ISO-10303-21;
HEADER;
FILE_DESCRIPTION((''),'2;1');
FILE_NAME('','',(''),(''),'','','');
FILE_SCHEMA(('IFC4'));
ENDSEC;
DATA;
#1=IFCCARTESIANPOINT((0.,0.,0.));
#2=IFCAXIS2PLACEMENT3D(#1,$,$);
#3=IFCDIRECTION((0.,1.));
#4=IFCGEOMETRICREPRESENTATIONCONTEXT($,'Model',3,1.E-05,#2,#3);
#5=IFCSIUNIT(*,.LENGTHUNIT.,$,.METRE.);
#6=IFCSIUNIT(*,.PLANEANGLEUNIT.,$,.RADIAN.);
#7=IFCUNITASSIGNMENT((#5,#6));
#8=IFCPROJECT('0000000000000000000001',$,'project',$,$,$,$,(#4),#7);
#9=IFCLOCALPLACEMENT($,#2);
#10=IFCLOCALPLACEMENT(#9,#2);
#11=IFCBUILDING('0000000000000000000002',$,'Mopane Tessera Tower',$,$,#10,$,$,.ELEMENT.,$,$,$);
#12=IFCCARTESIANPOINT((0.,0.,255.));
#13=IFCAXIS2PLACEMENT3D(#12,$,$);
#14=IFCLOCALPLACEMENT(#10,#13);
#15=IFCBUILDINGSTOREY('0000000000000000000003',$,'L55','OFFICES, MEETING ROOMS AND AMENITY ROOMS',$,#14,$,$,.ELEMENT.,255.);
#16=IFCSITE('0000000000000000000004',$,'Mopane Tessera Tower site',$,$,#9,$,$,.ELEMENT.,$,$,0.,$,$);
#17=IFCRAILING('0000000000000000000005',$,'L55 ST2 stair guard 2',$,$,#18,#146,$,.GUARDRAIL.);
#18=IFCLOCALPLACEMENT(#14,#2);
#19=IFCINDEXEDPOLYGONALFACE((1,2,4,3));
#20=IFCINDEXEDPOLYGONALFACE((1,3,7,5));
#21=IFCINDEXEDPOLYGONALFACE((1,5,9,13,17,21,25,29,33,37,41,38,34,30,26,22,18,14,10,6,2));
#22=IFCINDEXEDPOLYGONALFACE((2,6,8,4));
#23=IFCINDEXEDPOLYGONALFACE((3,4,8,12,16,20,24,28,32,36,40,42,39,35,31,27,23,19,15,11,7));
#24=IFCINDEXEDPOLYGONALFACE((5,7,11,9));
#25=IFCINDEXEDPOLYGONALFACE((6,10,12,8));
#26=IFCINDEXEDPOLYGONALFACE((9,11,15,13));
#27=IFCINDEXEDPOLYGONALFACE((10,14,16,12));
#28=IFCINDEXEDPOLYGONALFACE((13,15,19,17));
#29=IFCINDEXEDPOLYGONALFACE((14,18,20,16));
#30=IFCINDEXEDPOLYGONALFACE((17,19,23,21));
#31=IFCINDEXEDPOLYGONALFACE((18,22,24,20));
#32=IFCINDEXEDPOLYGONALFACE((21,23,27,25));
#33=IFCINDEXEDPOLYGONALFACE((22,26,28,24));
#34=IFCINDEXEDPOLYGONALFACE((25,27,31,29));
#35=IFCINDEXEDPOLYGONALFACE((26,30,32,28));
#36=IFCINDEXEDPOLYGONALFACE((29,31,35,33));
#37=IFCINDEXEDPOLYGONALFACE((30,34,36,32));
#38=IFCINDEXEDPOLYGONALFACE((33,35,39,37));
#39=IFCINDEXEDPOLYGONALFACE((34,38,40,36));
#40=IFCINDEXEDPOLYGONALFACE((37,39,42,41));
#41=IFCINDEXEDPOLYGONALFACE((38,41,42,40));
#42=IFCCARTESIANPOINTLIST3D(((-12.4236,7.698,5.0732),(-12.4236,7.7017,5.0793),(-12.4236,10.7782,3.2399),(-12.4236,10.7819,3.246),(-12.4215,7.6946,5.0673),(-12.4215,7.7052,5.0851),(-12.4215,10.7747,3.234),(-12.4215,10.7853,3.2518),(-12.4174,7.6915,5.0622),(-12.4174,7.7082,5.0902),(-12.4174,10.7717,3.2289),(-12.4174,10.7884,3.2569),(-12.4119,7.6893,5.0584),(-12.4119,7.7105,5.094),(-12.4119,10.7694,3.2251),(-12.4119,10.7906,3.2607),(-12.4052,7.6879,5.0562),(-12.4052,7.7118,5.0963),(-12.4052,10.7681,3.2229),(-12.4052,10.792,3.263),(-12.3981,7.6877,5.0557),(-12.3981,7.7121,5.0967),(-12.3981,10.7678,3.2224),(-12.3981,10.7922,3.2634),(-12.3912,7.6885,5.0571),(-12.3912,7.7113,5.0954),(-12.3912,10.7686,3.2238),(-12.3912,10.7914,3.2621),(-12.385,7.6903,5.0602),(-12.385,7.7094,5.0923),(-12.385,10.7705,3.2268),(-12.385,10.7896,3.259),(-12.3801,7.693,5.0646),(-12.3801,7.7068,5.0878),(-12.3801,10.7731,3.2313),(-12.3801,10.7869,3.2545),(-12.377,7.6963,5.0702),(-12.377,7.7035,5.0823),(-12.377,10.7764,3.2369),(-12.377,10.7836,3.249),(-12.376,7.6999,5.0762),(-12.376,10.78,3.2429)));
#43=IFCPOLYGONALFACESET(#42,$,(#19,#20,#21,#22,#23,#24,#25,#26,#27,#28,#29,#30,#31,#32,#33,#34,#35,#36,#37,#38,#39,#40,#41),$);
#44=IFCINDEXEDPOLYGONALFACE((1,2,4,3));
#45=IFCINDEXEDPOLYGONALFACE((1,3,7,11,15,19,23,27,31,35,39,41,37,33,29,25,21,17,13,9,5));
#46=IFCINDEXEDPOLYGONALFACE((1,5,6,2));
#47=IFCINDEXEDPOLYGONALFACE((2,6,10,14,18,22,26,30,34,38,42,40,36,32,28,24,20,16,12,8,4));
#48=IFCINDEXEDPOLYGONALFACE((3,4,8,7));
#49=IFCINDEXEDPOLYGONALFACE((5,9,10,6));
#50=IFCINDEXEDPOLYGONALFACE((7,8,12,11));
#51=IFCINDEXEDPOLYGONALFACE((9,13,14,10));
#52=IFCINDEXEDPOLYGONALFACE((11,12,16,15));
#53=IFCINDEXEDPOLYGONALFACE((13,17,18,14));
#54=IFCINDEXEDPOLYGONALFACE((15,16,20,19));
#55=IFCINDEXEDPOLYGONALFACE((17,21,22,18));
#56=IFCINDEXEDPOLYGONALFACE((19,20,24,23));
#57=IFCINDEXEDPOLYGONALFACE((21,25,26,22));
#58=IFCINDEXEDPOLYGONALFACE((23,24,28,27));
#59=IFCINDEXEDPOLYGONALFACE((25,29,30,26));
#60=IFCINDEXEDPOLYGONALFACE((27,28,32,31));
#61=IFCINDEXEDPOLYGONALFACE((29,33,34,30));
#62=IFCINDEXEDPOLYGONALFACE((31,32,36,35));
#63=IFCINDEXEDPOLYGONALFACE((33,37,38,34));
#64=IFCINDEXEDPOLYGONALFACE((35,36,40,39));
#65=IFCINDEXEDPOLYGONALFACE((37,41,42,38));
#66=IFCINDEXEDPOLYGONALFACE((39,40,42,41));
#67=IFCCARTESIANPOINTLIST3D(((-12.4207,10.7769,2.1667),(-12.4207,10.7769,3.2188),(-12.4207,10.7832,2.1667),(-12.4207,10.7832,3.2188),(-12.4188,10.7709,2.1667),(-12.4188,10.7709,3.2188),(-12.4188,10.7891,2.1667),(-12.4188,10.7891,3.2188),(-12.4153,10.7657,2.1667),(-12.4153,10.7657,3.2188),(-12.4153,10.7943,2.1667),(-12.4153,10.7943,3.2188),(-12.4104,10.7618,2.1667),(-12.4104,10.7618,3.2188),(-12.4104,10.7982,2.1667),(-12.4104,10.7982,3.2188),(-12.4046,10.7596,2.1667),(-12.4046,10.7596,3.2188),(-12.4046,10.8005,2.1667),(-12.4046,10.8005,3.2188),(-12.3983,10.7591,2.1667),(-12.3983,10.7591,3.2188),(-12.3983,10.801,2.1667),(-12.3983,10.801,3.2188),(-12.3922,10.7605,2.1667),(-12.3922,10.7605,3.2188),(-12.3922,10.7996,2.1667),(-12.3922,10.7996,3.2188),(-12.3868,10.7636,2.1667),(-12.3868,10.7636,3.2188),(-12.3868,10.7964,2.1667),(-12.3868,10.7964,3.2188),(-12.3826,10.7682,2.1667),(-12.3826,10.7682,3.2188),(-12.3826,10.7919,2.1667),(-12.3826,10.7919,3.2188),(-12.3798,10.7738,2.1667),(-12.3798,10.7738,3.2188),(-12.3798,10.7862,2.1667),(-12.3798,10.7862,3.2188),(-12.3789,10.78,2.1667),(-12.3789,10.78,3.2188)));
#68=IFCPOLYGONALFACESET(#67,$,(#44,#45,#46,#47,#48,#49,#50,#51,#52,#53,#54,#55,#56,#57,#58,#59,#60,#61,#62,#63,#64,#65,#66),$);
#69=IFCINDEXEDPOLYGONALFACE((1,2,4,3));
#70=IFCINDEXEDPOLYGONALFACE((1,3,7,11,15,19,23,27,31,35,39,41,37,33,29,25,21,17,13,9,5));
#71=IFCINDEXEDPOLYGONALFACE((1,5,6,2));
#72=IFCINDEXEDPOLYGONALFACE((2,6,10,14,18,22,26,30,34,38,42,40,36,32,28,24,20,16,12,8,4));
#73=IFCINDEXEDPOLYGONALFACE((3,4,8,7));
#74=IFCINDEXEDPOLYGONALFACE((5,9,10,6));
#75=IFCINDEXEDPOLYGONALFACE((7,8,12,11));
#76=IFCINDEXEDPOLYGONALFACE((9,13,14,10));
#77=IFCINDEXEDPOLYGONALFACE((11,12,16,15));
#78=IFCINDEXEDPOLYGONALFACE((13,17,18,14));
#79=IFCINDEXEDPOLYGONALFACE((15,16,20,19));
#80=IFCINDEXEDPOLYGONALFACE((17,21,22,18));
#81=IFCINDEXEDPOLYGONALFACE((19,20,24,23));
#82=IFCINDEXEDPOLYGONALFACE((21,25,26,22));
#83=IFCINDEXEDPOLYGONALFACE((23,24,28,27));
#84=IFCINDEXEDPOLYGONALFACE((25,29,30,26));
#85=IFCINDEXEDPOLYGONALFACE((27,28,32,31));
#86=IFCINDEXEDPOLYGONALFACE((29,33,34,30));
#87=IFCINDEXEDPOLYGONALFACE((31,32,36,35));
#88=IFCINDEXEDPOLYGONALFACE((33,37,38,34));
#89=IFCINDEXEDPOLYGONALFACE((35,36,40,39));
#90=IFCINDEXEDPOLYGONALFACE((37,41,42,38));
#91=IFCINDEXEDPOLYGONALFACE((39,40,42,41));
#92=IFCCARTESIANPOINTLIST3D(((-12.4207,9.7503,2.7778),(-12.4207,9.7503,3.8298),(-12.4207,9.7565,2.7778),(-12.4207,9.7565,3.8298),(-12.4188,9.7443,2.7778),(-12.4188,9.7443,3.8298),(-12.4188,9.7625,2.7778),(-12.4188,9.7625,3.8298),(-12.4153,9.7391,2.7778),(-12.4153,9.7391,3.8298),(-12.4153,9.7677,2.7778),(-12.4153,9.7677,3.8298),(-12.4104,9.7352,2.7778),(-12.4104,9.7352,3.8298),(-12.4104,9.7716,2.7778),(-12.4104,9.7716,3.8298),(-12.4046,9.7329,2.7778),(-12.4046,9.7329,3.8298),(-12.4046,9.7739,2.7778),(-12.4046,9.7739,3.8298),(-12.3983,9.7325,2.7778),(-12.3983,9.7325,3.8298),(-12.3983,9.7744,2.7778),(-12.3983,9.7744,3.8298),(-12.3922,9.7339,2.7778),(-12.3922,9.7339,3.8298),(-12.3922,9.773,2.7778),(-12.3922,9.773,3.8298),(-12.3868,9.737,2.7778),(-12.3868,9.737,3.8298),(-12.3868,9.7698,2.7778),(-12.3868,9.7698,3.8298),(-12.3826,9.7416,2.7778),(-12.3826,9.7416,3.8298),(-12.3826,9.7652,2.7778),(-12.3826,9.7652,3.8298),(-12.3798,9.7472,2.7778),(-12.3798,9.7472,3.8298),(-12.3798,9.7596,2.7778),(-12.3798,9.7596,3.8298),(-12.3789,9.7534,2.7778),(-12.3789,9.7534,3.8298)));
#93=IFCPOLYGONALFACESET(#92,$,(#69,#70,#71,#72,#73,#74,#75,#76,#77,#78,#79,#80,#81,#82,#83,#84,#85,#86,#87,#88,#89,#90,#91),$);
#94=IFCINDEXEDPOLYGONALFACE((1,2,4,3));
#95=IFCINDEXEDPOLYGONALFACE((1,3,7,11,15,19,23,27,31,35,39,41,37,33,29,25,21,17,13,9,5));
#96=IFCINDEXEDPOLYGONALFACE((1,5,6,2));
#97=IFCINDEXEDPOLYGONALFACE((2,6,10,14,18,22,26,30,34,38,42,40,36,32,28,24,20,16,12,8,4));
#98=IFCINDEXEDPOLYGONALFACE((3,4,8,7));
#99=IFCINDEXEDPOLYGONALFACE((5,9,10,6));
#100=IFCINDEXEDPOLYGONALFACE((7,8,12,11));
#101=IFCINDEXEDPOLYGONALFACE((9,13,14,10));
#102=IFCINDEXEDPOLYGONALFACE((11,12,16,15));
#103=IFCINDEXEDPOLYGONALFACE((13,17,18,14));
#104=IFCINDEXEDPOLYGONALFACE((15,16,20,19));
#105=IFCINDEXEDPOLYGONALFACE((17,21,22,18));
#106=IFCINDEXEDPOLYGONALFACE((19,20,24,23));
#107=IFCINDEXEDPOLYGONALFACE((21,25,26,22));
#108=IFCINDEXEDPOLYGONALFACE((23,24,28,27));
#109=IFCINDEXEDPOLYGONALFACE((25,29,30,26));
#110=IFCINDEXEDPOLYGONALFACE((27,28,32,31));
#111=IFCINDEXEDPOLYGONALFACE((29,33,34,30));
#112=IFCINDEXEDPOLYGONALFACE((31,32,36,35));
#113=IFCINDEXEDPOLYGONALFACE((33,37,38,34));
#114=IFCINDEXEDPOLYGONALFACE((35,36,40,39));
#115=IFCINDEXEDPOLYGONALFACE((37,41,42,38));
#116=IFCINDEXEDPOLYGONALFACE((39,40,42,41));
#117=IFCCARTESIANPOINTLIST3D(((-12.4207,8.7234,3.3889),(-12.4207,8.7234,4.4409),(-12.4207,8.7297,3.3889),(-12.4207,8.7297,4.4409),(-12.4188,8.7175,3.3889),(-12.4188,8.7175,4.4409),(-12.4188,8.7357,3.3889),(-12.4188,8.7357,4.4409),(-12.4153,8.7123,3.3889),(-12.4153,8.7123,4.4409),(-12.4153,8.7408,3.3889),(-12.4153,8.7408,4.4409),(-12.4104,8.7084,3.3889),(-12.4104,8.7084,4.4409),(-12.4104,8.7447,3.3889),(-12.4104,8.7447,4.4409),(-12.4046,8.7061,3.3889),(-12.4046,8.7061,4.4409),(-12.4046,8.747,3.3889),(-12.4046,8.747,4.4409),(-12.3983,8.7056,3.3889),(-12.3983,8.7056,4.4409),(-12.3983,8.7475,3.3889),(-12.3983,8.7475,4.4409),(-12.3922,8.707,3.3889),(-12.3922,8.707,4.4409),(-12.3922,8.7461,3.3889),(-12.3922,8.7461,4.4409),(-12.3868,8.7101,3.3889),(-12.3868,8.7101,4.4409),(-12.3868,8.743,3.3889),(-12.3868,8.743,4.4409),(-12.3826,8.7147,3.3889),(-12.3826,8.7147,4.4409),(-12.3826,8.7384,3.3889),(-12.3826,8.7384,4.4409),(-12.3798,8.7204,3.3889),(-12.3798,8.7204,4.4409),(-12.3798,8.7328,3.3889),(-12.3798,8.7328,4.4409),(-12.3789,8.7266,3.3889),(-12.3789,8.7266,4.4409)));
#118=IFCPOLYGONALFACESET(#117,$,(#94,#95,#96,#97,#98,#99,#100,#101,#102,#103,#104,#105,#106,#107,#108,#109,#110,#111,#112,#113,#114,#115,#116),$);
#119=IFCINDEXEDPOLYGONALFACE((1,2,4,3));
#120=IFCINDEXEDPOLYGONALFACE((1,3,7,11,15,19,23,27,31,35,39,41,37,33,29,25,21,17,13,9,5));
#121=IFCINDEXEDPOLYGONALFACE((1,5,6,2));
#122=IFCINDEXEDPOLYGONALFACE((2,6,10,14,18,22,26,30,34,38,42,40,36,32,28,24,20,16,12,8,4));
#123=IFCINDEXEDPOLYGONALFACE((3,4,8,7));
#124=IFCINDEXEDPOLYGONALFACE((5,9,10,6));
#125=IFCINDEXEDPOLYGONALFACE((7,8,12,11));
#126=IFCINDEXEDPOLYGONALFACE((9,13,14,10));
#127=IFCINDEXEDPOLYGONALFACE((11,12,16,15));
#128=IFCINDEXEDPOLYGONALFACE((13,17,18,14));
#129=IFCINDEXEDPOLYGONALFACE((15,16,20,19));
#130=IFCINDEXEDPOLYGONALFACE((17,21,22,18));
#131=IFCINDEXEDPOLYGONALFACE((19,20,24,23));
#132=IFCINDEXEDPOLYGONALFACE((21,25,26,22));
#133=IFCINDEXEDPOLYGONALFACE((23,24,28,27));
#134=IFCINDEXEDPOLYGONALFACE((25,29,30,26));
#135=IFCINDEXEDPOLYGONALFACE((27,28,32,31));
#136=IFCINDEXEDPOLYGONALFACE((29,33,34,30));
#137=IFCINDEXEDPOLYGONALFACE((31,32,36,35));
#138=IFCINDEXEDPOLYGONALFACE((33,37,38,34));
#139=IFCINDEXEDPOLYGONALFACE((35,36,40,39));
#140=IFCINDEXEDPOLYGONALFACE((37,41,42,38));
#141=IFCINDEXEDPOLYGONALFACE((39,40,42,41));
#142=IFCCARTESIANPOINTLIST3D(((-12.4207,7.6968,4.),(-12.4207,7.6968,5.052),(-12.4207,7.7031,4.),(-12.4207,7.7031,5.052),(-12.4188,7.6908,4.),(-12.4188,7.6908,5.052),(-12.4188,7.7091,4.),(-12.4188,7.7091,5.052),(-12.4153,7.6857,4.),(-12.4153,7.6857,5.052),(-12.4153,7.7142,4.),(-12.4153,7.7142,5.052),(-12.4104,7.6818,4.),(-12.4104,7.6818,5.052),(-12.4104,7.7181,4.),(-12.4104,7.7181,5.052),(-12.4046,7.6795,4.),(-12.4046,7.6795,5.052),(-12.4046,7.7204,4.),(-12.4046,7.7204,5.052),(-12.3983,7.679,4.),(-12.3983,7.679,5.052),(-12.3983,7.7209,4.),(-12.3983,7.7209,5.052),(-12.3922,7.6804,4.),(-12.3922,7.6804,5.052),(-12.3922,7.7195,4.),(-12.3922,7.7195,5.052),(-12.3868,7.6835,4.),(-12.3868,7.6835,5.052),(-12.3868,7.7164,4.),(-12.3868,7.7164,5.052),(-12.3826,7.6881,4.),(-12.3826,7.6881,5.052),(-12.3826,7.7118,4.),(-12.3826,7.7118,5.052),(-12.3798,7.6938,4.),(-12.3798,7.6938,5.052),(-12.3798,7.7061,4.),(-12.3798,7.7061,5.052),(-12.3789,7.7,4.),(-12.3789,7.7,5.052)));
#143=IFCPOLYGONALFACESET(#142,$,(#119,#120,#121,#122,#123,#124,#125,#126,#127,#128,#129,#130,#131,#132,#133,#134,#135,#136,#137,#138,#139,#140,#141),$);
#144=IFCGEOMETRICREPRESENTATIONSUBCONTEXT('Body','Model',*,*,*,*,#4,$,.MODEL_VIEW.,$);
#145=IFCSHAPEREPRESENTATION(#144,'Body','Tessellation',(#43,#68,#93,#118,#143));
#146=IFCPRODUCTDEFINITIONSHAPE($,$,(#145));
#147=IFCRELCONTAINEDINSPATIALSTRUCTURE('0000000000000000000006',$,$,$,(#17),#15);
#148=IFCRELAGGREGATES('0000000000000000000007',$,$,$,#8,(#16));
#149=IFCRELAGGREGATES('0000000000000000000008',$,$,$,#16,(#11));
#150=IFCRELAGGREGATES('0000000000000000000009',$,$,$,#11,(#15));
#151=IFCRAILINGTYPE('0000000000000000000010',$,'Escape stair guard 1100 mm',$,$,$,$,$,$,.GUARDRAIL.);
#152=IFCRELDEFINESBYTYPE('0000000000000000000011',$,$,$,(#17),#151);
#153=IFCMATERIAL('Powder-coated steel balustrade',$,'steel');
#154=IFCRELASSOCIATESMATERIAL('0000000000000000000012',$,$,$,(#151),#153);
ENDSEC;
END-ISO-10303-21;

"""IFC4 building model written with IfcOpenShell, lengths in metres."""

from ifc_helpers import new_model, si_unit, direction, frame, origin, origin_2d, place, context, subcontext, project, spatial, circle, extrude, material, type_object, element, save


model = new_model("IFC4")

# Units and contexts
model_context = context("Model", 3, precision=1e-05, world=origin(), true_north=direction((0.0, 1.0)))
body_context = subcontext(model_context, "Body", "Model", "MODEL_VIEW")
ifc_project = project(units=[si_unit("LENGTHUNIT", "METRE"), si_unit("PLANEANGLEUNIT", "RADIAN")], contexts=[model_context])

# Site, building, storey
site_placement = place(None, origin())
site = spatial("IfcSite", under=ifc_project, at=site_placement, Name="Mopane Tessera Tower site", CompositionType="ELEMENT", RefElevation=0.0)
building_placement = place(site_placement, origin())
building = spatial("IfcBuilding", under=site, at=building_placement, Name="Mopane Tessera Tower", CompositionType="ELEMENT")
storey_placement = place(building_placement, frame((0.0, 0.0, 255.0)))
storey = spatial("IfcBuildingStorey", under=building, at=storey_placement, Name="L55", Description="OFFICES, MEETING ROOMS AND AMENITY ROOMS", CompositionType="ELEMENT", Elevation=255.0)

# Railing
ifc_material_1 = material(Name="Powder-coated steel balustrade", Category="steel")
railing_type = type_object("IfcRailingType", Name="Escape stair guard 1100 mm", PredefinedType="GUARDRAIL", material=ifc_material_1)
railing_placement = place(storey_placement, frame((-12.3999, 10.78, 2.1667)))
element("IfcRailing", 1, at=railing_placement, inside=storey, type_object=railing_type, Name="L55 ST2 stair guard 2", PredefinedType="GUARDRAIL", context=body_context, shape_type="SweptSolid", body=[
    extrude(circle(Radius=0.0239, at=origin_2d()), frame((0.0, 0.0, 1.0762), z_axis=(0.0, -0.859309, 0.511458), x_axis=(1.0, 0.0, 0.0)), (0.0, 0.0, 1.0), 3.5845),
    extrude(circle(Radius=0.021, at=origin_2d()), origin(), (0.0, 0.0, 1.0), 1.052),
    extrude(circle(Radius=0.021, at=origin_2d()), frame((0.0, -1.0266, 0.6111)), (0.0, 0.0, 1.0), 1.052),
    extrude(circle(Radius=0.021, at=origin_2d()), frame((0.0, -2.0535, 1.2222)), (0.0, 0.0, 1.0), 1.052),
    extrude(circle(Radius=0.021, at=origin_2d()), frame((0.0, -3.0801, 1.8333)), (0.0, 0.0, 1.0), 1.052),
])

save(model, "model.ifc")
